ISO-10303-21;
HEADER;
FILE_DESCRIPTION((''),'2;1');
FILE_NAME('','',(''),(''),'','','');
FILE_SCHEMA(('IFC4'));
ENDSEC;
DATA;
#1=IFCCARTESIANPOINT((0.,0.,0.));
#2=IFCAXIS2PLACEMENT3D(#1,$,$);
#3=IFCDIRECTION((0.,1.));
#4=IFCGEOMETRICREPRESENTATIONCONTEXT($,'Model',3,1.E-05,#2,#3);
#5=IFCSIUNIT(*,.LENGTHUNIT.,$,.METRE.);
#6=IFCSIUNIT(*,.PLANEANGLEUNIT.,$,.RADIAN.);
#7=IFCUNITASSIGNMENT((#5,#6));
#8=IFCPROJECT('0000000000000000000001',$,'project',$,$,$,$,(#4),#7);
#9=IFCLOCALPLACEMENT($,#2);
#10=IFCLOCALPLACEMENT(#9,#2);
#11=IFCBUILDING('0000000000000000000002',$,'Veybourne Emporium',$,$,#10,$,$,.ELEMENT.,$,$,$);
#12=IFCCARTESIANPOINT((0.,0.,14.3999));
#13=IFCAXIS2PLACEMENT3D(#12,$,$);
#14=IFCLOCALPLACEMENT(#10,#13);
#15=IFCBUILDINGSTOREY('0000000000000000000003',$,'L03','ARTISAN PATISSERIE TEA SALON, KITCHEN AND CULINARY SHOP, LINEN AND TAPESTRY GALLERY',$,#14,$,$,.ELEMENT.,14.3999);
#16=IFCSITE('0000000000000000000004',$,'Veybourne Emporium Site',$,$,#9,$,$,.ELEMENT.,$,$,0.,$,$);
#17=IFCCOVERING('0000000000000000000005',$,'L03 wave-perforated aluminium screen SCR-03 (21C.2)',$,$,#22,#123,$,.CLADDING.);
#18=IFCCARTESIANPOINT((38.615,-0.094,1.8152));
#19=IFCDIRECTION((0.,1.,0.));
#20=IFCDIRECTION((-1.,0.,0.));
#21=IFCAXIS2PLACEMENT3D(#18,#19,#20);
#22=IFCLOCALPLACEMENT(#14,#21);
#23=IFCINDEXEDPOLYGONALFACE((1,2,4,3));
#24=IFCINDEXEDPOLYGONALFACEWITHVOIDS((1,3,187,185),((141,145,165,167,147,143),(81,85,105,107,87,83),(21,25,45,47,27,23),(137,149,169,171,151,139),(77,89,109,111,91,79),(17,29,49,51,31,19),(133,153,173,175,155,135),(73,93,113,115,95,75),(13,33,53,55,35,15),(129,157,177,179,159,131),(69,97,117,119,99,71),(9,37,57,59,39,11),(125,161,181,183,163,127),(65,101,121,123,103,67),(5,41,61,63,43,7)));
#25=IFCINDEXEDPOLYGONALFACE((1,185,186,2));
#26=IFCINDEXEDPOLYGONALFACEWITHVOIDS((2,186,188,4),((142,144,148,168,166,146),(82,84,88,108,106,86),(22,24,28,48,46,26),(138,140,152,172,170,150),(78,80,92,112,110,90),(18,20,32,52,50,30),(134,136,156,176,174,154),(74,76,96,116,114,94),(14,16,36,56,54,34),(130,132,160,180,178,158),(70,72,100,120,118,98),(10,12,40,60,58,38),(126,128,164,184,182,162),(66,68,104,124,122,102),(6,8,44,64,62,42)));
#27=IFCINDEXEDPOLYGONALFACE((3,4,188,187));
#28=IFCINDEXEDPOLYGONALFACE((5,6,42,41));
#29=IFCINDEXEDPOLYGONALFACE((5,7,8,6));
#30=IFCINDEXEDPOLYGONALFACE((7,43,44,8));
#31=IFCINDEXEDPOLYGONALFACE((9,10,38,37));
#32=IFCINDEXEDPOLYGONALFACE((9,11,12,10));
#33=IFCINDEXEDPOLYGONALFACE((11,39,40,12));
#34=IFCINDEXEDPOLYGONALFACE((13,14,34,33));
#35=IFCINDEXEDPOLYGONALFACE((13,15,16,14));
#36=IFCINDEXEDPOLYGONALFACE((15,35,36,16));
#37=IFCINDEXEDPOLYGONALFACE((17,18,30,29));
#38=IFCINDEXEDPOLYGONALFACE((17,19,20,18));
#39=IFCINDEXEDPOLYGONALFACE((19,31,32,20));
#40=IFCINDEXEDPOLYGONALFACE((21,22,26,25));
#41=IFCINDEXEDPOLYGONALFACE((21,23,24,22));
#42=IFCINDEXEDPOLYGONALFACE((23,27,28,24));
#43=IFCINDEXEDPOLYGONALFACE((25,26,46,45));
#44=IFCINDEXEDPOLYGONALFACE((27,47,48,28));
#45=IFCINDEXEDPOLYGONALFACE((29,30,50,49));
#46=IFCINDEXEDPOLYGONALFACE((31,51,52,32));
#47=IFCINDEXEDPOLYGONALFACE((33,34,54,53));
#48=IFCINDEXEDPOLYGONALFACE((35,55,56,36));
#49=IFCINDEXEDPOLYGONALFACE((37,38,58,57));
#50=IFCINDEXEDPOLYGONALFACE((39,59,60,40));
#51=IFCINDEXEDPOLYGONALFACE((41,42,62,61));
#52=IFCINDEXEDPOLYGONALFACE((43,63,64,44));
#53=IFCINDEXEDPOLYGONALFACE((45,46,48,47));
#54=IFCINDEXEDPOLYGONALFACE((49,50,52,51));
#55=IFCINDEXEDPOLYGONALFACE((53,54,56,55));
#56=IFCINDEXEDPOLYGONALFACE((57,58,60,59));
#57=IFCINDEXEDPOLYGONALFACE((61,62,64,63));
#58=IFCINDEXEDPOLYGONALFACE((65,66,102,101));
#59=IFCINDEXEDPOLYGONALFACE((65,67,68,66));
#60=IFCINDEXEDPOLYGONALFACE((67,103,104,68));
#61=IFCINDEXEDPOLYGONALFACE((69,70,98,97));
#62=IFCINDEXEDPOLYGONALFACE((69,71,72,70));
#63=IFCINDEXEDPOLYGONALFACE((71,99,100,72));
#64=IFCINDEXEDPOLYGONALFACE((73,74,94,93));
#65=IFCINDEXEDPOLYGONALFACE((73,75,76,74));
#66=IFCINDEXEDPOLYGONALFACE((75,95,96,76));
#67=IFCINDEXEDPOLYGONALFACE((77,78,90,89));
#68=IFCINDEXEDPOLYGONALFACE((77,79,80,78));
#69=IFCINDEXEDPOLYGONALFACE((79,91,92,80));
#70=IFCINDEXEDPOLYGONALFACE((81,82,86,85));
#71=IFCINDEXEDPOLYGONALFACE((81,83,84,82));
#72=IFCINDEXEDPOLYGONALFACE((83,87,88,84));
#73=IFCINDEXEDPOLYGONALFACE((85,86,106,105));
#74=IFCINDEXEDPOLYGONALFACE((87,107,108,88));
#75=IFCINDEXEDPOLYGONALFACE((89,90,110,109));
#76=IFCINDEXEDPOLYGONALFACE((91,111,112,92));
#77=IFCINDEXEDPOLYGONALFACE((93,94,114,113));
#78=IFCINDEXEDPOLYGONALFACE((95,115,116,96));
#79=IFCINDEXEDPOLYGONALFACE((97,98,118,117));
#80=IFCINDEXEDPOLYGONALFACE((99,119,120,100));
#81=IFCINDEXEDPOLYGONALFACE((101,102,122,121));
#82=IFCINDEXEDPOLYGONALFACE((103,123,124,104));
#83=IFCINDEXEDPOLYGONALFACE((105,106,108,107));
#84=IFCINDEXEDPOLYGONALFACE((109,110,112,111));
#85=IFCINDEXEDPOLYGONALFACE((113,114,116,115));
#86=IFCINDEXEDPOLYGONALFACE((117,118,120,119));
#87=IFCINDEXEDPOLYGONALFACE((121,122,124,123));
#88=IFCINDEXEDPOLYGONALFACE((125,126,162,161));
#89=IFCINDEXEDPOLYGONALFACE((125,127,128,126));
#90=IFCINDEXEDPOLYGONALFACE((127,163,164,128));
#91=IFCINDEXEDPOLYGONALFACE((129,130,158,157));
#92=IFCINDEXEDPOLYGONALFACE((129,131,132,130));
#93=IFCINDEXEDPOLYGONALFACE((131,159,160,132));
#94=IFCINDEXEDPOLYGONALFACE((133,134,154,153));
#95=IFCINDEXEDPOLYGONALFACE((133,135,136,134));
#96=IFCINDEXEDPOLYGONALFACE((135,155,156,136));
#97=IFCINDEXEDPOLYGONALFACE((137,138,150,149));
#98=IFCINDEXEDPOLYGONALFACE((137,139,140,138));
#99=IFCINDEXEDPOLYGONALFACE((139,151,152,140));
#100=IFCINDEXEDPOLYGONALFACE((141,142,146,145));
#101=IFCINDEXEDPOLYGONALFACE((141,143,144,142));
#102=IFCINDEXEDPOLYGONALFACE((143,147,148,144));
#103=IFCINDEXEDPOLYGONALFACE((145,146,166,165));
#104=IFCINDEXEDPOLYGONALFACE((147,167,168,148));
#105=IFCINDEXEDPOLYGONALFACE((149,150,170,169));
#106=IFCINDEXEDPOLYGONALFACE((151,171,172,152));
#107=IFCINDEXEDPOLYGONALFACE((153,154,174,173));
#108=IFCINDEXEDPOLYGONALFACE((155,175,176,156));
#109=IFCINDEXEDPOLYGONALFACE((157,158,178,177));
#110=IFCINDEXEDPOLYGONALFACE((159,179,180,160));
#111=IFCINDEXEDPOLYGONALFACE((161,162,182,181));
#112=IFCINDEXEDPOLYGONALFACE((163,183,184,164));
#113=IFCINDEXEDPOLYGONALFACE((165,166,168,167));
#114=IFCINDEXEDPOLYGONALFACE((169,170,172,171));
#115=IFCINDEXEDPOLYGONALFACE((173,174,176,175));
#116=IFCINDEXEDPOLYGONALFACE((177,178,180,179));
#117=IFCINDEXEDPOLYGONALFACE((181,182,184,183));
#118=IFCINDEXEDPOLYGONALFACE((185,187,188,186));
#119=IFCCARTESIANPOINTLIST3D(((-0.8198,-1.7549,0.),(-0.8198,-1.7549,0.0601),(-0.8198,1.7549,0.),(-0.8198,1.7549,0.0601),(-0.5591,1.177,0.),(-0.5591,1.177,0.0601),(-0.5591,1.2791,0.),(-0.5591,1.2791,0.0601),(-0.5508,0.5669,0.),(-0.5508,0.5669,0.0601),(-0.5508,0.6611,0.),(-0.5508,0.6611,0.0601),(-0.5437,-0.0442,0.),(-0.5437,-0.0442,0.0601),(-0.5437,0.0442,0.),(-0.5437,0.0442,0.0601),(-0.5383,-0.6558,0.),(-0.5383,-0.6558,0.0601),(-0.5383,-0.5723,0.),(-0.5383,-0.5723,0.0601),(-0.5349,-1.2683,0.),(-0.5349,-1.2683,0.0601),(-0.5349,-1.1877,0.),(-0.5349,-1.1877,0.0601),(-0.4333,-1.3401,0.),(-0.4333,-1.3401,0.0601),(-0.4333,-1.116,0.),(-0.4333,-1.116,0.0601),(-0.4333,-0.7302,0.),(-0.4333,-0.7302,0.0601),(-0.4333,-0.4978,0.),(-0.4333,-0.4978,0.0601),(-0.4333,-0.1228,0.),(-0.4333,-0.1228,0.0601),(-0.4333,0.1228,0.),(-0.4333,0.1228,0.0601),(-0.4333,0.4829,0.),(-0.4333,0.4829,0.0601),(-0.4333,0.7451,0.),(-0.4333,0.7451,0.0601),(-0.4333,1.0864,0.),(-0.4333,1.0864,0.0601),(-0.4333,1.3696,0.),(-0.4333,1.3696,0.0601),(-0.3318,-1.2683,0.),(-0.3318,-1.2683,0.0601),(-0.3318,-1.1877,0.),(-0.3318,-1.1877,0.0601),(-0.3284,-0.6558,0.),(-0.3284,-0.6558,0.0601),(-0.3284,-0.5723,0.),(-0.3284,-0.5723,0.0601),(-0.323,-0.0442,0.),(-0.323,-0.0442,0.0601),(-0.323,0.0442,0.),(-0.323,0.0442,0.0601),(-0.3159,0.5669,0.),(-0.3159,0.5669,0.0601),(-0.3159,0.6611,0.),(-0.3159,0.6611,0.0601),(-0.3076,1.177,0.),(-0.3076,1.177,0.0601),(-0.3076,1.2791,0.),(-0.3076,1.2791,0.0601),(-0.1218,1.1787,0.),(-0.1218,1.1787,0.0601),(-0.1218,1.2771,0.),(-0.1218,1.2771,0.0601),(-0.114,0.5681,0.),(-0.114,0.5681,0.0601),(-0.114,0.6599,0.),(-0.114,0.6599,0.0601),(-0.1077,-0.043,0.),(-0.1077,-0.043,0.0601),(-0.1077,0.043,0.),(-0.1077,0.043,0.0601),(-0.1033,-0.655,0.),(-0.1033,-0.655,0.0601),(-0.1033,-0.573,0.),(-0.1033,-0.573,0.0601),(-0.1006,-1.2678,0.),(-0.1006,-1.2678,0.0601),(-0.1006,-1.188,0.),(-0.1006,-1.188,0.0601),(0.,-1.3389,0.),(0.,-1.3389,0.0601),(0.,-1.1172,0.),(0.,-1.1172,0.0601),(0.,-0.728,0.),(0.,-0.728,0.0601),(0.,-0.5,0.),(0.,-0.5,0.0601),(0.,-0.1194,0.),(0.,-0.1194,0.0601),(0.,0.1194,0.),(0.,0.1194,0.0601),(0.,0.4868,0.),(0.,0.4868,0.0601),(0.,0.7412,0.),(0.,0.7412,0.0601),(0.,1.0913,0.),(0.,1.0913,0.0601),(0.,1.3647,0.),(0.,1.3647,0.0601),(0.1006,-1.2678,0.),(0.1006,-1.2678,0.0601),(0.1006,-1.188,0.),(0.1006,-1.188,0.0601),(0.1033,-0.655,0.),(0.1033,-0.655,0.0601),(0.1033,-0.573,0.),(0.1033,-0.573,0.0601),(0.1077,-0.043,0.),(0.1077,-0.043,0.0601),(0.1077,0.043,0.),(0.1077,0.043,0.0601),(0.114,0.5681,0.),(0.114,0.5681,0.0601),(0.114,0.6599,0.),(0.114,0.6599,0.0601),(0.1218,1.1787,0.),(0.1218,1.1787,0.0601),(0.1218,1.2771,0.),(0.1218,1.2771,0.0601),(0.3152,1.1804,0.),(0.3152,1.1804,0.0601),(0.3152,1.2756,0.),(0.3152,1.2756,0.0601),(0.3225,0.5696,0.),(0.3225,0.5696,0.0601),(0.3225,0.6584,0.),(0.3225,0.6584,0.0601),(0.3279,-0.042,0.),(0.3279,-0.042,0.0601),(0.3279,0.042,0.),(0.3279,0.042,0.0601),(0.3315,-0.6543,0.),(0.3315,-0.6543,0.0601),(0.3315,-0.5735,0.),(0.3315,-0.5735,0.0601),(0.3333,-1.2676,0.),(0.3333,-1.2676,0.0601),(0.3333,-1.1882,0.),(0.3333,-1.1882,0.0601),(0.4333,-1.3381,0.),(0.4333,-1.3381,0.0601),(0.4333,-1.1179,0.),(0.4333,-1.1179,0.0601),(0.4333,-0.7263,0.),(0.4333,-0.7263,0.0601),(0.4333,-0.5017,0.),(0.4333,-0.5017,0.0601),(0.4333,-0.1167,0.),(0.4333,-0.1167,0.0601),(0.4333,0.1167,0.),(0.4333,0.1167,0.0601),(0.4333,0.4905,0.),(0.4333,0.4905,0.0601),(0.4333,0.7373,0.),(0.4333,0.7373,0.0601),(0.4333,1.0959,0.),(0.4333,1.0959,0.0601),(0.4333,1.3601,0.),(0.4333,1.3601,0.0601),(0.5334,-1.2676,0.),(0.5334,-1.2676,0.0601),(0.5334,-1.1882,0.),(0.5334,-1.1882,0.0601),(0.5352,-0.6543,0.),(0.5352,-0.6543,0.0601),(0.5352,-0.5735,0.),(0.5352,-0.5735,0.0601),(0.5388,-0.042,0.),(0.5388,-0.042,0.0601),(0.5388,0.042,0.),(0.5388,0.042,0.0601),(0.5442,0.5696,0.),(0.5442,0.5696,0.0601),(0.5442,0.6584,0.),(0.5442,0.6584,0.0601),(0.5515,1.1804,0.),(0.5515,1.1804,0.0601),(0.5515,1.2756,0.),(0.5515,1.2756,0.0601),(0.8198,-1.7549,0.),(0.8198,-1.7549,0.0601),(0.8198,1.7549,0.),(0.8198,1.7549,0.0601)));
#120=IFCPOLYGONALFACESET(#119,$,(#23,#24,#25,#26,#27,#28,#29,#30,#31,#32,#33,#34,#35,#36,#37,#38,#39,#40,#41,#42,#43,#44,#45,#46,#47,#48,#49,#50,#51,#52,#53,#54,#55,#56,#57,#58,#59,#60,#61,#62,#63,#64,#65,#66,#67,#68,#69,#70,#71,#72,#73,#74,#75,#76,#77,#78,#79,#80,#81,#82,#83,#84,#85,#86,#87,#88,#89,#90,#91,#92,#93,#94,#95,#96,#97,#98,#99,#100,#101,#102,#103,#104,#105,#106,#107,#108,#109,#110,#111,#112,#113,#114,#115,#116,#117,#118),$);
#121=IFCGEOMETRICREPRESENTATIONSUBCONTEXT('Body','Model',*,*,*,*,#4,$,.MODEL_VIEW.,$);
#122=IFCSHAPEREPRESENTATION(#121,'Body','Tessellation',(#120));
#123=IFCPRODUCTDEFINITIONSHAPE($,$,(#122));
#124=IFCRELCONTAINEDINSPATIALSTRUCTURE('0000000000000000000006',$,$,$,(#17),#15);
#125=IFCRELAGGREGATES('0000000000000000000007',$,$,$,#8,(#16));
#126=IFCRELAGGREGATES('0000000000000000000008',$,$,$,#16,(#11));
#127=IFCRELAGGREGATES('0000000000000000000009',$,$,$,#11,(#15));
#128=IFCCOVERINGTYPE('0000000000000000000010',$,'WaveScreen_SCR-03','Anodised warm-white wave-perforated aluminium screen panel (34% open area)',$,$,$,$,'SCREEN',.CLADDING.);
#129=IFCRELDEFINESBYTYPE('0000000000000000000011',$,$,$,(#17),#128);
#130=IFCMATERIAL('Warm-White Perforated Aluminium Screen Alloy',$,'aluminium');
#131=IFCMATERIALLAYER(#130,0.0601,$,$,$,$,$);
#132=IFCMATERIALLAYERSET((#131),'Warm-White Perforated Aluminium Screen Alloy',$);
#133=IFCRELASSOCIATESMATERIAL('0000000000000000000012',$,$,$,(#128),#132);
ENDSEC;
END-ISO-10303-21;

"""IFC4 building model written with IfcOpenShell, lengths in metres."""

from ifc_helpers import new_model, si_unit, direction, frame, origin, place, context, subcontext, project, spatial, polyline, outline, extrude, material, layer, layer_set, type_object, element, save


model = new_model("IFC4")

# Units and contexts
model_context = context("Model", 3, precision=1e-05, world=origin(), true_north=direction((0.0, 1.0)))
body_context = subcontext(model_context, "Body", "Model", "MODEL_VIEW")
ifc_project = project(units=[si_unit("LENGTHUNIT", "METRE"), si_unit("PLANEANGLEUNIT", "RADIAN")], contexts=[model_context])

# Site, building, storey
site_placement = place(None, origin())
site = spatial("IfcSite", under=ifc_project, at=site_placement, Name="Veybourne Emporium Site", CompositionType="ELEMENT", RefElevation=0.0)
building_placement = place(site_placement, origin())
building = spatial("IfcBuilding", under=site, at=building_placement, Name="Veybourne Emporium", CompositionType="ELEMENT")
storey_placement = place(building_placement, frame((0.0, 0.0, 14.3999)))
storey = spatial("IfcBuildingStorey", under=building, at=storey_placement, Name="L03", Description="ARTISAN PATISSERIE TEA SALON, KITCHEN AND CULINARY SHOP, LINEN AND TAPESTRY GALLERY", CompositionType="ELEMENT", Elevation=14.3999)

# Covering
ifc_material_1 = material(Name="Warm-White Perforated Aluminium Screen Alloy", Category="aluminium")
ifc_layer_1 = layer(ifc_material_1, 0.0601)
ifc_layer_set_1 = layer_set([ifc_layer_1], Name="Warm-White Perforated Aluminium Screen Alloy")
covering_type_1 = type_object("IfcCoveringType", Name="WaveScreen_SCR-03", Description="Anodised warm-white wave-perforated aluminium screen panel (34% open area)", ElementType="SCREEN", PredefinedType="CLADDING", material=ifc_layer_set_1)
covering_1_placement = place(storey_placement, frame((38.615, -0.094, 1.8152), z_axis=(0.0, 1.0, 0.0), x_axis=(-1.0, 0.0, 0.0)))
element("IfcCovering", 1, at=covering_1_placement, inside=storey, type_object=covering_type_1, Name="L03 wave-perforated aluminium screen SCR-03 (21C.2)", PredefinedType="CLADDING", context=body_context, shape_type="SweptSolid", body=[
    extrude(outline(polyline([(-0.8198, -1.7549), (0.8198, -1.7549), (0.8198, 1.7549), (-0.8198, 1.7549), (-0.8198, -1.7549)]), holes=[polyline([(-0.4333, -1.116), (-0.3318, -1.1877), (-0.3318, -1.2683), (-0.4333, -1.3401), (-0.5349, -1.2683), (-0.5349, -1.1877), (-0.4333, -1.116)]), polyline([(-0.4333, -0.4978), (-0.3284, -0.5723), (-0.3284, -0.6558), (-0.4333, -0.7302), (-0.5383, -0.6558), (-0.5383, -0.5723), (-0.4333, -0.4978)]), polyline([(-0.4333, 0.1228), (-0.323, 0.0442), (-0.323, -0.0442), (-0.4333, -0.1228), (-0.5437, -0.0442), (-0.5437, 0.0442), (-0.4333, 0.1228)]), polyline([(-0.4333, 0.7451), (-0.3159, 0.6611), (-0.3159, 0.5669), (-0.4333, 0.4829), (-0.5508, 0.5669), (-0.5508, 0.6611), (-0.4333, 0.7451)]), polyline([(-0.4333, 1.3696), (-0.3076, 1.2791), (-0.3076, 1.177), (-0.4333, 1.0864), (-0.5591, 1.177), (-0.5591, 1.2791), (-0.4333, 1.3696)]), polyline([(0.0, -1.1172), (0.1006, -1.188), (0.1006, -1.2678), (0.0, -1.3389), (-0.1006, -1.2678), (-0.1006, -1.188), (0.0, -1.1172)]), polyline([(0.0, -0.5), (0.1033, -0.573), (0.1033, -0.655), (0.0, -0.728), (-0.1033, -0.655), (-0.1033, -0.573), (0.0, -0.5)]), polyline([(0.0, 0.1194), (0.1077, 0.043), (0.1077, -0.043), (0.0, -0.1194), (-0.1077, -0.043), (-0.1077, 0.043), (0.0, 0.1194)]), polyline([(0.0, 0.7412), (0.114, 0.6599), (0.114, 0.5681), (0.0, 0.4868), (-0.114, 0.5681), (-0.114, 0.6599), (0.0, 0.7412)]), polyline([(0.0, 1.3647), (0.1218, 1.2771), (0.1218, 1.1787), (0.0, 1.0913), (-0.1218, 1.1787), (-0.1218, 1.2771), (0.0, 1.3647)]), polyline([(0.4333, -1.1179), (0.5334, -1.1882), (0.5334, -1.2676), (0.4333, -1.3381), (0.3333, -1.2676), (0.3333, -1.1882), (0.4333, -1.1179)]), polyline([(0.4333, -0.5017), (0.5352, -0.5735), (0.5352, -0.6543), (0.4333, -0.7263), (0.3315, -0.6543), (0.3315, -0.5735), (0.4333, -0.5017)]), polyline([(0.4333, 0.1167), (0.5388, 0.042), (0.5388, -0.042), (0.4333, -0.1167), (0.3279, -0.042), (0.3279, 0.042), (0.4333, 0.1167)]), polyline([(0.4333, 0.7373), (0.5442, 0.6584), (0.5442, 0.5696), (0.4333, 0.4905), (0.3225, 0.5696), (0.3225, 0.6584), (0.4333, 0.7373)]), polyline([(0.4333, 1.3601), (0.5515, 1.2756), (0.5515, 1.1804), (0.4333, 1.0959), (0.3152, 1.1804), (0.3152, 1.2756), (0.4333, 1.3601)])]), origin(), (0.0, 0.0, 1.0), 0.0601),
])

save(model, "model.ifc")
